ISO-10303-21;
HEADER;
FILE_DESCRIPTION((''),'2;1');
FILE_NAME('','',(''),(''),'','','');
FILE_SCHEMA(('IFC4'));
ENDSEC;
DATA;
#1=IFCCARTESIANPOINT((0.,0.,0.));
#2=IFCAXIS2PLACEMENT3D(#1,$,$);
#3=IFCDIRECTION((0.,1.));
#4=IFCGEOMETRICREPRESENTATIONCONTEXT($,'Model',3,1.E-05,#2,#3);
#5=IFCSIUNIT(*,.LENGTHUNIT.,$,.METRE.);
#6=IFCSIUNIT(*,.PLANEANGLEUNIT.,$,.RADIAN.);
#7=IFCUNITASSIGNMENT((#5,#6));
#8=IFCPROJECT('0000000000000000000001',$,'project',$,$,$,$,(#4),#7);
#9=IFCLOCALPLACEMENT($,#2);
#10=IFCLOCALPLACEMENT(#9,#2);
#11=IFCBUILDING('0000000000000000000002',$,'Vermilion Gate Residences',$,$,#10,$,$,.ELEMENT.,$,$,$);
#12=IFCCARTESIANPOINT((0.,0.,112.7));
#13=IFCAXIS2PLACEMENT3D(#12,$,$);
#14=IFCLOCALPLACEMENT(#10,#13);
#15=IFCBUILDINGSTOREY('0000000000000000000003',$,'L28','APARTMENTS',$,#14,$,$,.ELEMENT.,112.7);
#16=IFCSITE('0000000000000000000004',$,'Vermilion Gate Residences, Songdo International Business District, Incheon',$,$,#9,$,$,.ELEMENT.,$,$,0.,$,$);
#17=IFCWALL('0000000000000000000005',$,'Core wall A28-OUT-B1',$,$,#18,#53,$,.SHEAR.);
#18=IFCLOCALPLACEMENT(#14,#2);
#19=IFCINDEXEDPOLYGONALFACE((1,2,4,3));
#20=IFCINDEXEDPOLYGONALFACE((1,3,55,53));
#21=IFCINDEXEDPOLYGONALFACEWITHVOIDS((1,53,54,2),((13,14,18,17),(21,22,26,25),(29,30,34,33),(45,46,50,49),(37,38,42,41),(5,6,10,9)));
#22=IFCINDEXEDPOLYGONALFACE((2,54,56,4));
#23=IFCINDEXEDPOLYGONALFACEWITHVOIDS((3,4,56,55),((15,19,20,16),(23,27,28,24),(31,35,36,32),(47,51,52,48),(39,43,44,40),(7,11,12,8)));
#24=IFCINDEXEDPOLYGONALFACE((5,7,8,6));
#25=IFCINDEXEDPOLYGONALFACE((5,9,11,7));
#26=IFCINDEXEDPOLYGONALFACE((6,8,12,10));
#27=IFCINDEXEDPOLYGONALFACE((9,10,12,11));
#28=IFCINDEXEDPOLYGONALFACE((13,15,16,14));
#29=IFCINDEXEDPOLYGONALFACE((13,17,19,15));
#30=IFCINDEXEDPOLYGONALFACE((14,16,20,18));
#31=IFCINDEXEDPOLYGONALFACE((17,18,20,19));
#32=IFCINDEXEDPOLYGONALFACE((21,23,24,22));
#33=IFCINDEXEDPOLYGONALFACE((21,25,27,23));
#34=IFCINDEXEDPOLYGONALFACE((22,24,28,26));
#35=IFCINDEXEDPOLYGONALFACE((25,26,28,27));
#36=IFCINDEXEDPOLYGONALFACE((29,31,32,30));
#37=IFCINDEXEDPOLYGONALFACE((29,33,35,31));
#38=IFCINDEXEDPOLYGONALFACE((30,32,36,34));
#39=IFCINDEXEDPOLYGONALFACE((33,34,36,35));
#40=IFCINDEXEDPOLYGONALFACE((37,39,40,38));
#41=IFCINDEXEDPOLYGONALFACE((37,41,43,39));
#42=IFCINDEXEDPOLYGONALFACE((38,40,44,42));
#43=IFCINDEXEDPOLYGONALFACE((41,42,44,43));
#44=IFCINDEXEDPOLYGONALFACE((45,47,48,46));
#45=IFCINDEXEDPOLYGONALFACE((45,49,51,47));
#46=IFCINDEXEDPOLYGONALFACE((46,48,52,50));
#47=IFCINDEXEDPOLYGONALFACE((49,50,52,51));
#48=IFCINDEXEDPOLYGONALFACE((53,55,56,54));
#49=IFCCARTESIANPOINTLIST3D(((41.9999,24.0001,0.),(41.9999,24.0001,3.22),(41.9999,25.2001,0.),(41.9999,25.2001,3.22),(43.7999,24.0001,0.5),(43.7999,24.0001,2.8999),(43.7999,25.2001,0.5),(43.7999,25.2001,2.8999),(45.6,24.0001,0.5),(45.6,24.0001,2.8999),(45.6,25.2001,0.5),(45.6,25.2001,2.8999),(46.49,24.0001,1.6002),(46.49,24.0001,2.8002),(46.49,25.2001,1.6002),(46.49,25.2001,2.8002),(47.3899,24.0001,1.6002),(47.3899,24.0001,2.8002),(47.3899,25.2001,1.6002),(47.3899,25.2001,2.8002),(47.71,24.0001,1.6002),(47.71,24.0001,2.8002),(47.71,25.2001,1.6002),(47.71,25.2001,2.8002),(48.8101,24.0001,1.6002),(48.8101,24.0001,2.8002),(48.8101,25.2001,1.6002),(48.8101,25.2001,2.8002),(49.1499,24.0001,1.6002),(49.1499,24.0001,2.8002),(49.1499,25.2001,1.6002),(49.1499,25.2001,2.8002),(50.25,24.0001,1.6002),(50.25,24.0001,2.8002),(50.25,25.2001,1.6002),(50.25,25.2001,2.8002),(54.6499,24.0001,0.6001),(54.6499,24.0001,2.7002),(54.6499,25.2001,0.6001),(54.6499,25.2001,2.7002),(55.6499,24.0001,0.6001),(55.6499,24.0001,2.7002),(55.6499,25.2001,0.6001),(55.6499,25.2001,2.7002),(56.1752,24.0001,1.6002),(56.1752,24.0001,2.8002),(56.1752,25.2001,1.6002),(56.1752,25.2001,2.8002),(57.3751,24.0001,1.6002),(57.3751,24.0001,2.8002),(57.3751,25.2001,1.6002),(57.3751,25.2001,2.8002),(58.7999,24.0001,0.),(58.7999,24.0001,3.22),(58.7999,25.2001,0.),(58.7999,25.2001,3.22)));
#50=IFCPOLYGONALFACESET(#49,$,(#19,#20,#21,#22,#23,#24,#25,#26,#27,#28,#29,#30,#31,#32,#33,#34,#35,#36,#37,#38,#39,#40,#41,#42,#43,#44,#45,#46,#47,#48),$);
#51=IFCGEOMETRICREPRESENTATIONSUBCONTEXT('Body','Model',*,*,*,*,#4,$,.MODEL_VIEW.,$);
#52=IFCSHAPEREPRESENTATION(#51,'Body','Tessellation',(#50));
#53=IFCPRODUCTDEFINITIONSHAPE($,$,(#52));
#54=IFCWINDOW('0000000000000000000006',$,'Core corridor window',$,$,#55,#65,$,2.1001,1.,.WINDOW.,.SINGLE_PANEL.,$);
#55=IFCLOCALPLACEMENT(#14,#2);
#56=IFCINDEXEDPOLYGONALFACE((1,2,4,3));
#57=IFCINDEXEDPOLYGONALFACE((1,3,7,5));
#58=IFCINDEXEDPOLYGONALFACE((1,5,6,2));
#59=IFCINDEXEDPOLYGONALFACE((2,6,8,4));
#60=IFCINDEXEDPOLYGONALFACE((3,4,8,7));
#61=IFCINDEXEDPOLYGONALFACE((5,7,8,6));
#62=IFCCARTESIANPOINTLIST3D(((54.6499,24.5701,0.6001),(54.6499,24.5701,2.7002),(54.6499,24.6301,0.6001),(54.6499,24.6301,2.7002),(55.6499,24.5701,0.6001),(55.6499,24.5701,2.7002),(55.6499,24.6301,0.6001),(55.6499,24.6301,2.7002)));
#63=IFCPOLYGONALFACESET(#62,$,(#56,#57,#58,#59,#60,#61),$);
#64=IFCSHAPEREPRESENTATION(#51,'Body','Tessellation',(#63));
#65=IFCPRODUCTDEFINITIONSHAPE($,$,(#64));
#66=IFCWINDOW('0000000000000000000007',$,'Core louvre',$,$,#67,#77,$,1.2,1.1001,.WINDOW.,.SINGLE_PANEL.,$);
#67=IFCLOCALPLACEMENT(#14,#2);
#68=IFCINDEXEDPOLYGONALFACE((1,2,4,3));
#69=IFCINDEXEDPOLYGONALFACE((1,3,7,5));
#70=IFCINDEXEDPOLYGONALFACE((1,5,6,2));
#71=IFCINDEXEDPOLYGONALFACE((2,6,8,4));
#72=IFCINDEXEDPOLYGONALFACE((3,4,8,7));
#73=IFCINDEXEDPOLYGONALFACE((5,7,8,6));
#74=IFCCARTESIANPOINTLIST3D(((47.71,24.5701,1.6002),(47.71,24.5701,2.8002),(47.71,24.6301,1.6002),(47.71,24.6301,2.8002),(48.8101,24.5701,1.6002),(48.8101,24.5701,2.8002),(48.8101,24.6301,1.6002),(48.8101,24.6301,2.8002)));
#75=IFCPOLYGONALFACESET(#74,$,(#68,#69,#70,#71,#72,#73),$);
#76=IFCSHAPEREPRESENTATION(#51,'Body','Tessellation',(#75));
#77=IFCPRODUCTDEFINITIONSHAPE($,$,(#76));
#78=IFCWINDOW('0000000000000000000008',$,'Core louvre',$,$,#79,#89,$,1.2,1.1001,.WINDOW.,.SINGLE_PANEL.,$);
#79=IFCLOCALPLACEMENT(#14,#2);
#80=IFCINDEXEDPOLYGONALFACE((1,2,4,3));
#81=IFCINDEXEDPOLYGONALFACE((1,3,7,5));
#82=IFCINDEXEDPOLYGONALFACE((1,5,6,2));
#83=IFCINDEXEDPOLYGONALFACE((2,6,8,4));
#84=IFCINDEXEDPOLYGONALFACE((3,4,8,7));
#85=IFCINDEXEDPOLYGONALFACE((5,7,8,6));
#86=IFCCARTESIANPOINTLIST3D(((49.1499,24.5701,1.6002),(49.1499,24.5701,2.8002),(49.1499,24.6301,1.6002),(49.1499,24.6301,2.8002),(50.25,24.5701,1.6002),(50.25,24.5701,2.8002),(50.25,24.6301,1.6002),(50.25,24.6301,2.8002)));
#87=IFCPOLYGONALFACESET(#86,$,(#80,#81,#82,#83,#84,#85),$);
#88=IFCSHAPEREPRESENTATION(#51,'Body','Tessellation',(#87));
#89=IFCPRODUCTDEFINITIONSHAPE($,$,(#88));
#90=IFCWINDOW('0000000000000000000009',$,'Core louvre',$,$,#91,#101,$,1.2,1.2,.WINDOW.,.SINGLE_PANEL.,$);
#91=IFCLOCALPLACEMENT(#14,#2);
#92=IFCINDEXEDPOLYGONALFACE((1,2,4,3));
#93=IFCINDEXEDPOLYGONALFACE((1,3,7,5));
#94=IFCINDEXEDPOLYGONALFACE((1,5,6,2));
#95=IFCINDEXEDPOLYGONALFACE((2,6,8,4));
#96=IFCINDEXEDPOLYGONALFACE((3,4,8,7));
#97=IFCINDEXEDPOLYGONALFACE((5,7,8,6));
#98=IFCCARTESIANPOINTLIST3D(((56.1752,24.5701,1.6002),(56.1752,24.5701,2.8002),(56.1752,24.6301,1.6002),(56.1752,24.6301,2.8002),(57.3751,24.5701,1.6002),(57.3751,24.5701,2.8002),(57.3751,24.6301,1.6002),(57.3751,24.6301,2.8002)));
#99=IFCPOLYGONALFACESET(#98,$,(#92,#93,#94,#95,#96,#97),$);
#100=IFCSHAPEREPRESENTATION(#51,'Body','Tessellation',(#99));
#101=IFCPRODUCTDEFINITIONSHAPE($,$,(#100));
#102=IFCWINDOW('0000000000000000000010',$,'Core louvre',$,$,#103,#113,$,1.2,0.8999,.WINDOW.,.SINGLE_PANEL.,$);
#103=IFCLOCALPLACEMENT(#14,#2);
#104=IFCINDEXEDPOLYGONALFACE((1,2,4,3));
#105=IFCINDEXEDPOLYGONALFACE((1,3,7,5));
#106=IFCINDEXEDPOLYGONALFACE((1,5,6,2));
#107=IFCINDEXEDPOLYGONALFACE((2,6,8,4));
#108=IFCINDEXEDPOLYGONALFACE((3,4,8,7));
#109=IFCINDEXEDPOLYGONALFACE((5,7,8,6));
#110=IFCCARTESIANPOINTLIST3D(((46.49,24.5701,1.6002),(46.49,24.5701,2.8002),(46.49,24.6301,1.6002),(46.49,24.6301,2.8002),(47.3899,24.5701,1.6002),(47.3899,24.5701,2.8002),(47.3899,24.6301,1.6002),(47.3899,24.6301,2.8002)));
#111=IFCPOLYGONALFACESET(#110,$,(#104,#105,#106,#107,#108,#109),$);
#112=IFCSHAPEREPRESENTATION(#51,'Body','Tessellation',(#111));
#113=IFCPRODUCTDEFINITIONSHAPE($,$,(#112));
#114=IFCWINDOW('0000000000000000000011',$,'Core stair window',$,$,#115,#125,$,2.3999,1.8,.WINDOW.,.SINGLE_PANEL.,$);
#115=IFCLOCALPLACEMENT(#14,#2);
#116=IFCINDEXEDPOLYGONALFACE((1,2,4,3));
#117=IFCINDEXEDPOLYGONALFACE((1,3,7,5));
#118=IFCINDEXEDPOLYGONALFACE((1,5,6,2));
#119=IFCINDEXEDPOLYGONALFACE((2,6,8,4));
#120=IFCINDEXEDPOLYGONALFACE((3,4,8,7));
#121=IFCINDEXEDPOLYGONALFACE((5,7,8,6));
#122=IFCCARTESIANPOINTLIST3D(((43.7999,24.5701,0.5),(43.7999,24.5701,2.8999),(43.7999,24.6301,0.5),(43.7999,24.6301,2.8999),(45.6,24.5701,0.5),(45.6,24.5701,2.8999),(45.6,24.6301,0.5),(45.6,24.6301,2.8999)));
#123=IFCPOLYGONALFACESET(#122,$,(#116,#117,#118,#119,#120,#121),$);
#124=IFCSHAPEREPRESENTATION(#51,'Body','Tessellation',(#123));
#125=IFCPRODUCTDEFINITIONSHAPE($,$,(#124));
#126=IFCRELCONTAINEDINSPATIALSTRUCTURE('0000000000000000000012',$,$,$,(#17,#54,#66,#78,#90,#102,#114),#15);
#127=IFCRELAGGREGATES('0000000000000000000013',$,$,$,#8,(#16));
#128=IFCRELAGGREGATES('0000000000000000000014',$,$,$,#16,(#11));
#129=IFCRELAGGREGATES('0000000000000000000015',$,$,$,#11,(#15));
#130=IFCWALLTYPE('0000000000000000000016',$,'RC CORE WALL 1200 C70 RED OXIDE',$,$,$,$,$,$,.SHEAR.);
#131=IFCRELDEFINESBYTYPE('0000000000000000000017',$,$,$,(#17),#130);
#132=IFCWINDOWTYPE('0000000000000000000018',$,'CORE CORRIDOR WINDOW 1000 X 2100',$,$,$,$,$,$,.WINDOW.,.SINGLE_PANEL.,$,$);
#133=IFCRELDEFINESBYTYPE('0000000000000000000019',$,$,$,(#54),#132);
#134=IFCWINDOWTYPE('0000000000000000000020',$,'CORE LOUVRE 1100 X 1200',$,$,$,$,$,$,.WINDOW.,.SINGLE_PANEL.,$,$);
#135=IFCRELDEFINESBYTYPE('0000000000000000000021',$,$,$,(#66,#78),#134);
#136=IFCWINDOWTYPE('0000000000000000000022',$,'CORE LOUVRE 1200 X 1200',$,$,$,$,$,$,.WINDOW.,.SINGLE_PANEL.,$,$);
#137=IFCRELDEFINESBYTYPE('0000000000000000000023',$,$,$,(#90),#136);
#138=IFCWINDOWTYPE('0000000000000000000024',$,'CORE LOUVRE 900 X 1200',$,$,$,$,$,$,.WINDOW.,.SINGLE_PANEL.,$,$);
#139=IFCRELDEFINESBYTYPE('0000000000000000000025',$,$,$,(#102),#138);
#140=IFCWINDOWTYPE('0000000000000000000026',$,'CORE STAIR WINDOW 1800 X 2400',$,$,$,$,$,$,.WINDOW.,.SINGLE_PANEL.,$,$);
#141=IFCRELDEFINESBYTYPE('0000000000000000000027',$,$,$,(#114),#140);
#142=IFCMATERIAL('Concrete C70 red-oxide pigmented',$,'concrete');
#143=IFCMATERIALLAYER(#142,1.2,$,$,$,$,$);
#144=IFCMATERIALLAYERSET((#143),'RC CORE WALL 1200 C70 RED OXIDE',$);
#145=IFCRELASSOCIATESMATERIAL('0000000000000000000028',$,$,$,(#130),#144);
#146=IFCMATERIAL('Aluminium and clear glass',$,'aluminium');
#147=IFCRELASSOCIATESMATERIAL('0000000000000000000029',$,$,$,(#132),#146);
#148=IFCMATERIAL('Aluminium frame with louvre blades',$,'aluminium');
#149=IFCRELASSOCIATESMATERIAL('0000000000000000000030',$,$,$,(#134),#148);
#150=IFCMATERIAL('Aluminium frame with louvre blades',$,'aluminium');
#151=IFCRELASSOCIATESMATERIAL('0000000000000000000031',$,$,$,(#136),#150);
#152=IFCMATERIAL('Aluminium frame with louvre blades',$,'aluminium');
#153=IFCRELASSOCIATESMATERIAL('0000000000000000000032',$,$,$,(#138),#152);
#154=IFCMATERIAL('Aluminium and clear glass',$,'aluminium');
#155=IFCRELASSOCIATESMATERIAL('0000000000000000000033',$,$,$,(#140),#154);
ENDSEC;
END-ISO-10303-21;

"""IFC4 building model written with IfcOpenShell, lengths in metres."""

from ifc_helpers import new_model, si_unit, direction, frame, frame_2d, origin, place, context, subcontext, project, spatial, rectangle, extrude, material, layer, layer_set, type_object, element, fill, save


model = new_model("IFC4")

# Units and contexts
model_context = context("Model", 3, precision=1e-05, world=origin(), true_north=direction((0.0, 1.0)))
body_context = subcontext(model_context, "Body", "Model", "MODEL_VIEW")
ifc_project = project(units=[si_unit("LENGTHUNIT", "METRE"), si_unit("PLANEANGLEUNIT", "RADIAN")], contexts=[model_context])

# Site, building, storey
site_placement = place(None, origin())
site = spatial("IfcSite", under=ifc_project, at=site_placement, Name="Vermilion Gate Residences, Songdo International Business District, Incheon", CompositionType="ELEMENT", RefElevation=0.0)
building_placement = place(site_placement, origin())
building = spatial("IfcBuilding", under=site, at=building_placement, Name="Vermilion Gate Residences", CompositionType="ELEMENT")
storey_placement = place(building_placement, frame((0.0, 0.0, 112.7)))
storey = spatial("IfcBuildingStorey", under=building, at=storey_placement, Name="L28", Description="APARTMENTS", CompositionType="ELEMENT", Elevation=112.7)

# Wall, openings, windows
ifc_material_1 = material(Name="Concrete C70 red-oxide pigmented", Category="concrete")
ifc_layer_1 = layer(ifc_material_1, 1.2)
ifc_layer_set_1 = layer_set([ifc_layer_1], Name="RC CORE WALL 1200 C70 RED OXIDE")
wall_type_1 = type_object("IfcWallType", Name="RC CORE WALL 1200 C70 RED OXIDE", PredefinedType="SHEAR", material=ifc_layer_set_1)
wall_1_placement = place(storey_placement, frame((42.0, 24.6001, 0.0), z_axis=(0.0, 0.0, 1.0), x_axis=(1.0, 0.0, 0.0)))
wall_1 = element("IfcWall", 1, at=wall_1_placement, inside=storey, type_object=wall_type_1, Name="Core wall A28-OUT-B1", PredefinedType="SHEAR", context=body_context, shape_type="SweptSolid", body=[
    extrude(rectangle(XDim=16.8, YDim=1.2, at=frame_2d((8.3999, 0.0))), origin(), (0.0, 0.0, 1.0), 3.22),
])
opening_1_placement = place(wall_1_placement, frame((1.8, 0.0, 0.5)))
opening_1 = element("IfcOpeningElement", 2, at=opening_1_placement, cuts=wall_1, PredefinedType="OPENING", context=body_context, shape_type="SweptSolid", body=[
    extrude(rectangle(XDim=1.8, YDim=2.3999, at=frame_2d((0.8999, 1.2))), frame((0.0, 0.6099, 0.0), z_axis=(0.0, -1.0, 0.0), x_axis=(1.0, 0.0, 0.0)), (0.0, 0.0, 1.0), 1.22),
])
opening_2_placement = place(wall_1_placement, frame((4.49, 0.0, 1.6001)))
opening_2 = element("IfcOpeningElement", 3, at=opening_2_placement, cuts=wall_1, PredefinedType="OPENING", context=body_context, shape_type="SweptSolid", body=[
    extrude(rectangle(XDim=0.8999, YDim=1.2, at=frame_2d((0.45, 0.6001))), frame((0.0, 0.6099, 0.0), z_axis=(0.0, -1.0, 0.0), x_axis=(1.0, 0.0, 0.0)), (0.0, 0.0, 1.0), 1.22),
])
opening_3_placement = place(wall_1_placement, frame((5.71, 0.0, 1.6001)))
opening_3 = element("IfcOpeningElement", 4, at=opening_3_placement, cuts=wall_1, PredefinedType="OPENING", context=body_context, shape_type="SweptSolid", body=[
    extrude(rectangle(XDim=1.1001, YDim=1.2, at=frame_2d((0.55, 0.6001))), frame((0.0, 0.6099, 0.0), z_axis=(0.0, -1.0, 0.0), x_axis=(1.0, 0.0, 0.0)), (0.0, 0.0, 1.0), 1.22),
])
opening_4_placement = place(wall_1_placement, frame((7.1499, 0.0, 1.6001)))
opening_4 = element("IfcOpeningElement", 5, at=opening_4_placement, cuts=wall_1, PredefinedType="OPENING", context=body_context, shape_type="SweptSolid", body=[
    extrude(rectangle(XDim=1.1001, YDim=1.2, at=frame_2d((0.55, 0.6001))), frame((0.0, 0.6099, 0.0), z_axis=(0.0, -1.0, 0.0), x_axis=(1.0, 0.0, 0.0)), (0.0, 0.0, 1.0), 1.22),
])
opening_5_placement = place(wall_1_placement, frame((12.6499, 0.0, 0.6001)))
opening_5 = element("IfcOpeningElement", 6, at=opening_5_placement, cuts=wall_1, PredefinedType="OPENING", context=body_context, shape_type="SweptSolid", body=[
    extrude(rectangle(XDim=1.0, YDim=2.1001, at=frame_2d((0.5, 1.05))), frame((0.0, 0.6099, 0.0), z_axis=(0.0, -1.0, 0.0), x_axis=(1.0, 0.0, 0.0)), (0.0, 0.0, 1.0), 1.22),
])
opening_6_placement = place(wall_1_placement, frame((14.175, 0.0, 1.6001)))
opening_6 = element("IfcOpeningElement", 7, at=opening_6_placement, cuts=wall_1, PredefinedType="OPENING", context=body_context, shape_type="SweptSolid", body=[
    extrude(rectangle(XDim=1.2, YDim=1.2, at=frame_2d((0.6001, 0.6001))), frame((0.0, 0.6099, 0.0), z_axis=(0.0, -1.0, 0.0), x_axis=(1.0, 0.0, 0.0)), (0.0, 0.0, 1.0), 1.22),
])
ifc_material_2 = material(Name="Aluminium and clear glass", Category="aluminium")
window_type_1 = type_object("IfcWindowType", Name="CORE CORRIDOR WINDOW 1000 X 2100", PartitioningType="SINGLE_PANEL", PredefinedType="WINDOW", material=ifc_material_2)
window_1_placement = place(opening_5_placement, origin())
window_1 = element("IfcWindow", 8, at=window_1_placement, inside=storey, type_object=window_type_1, Name="Core corridor window", OverallHeight=2.1001, OverallWidth=1.0, PartitioningType="SINGLE_PANEL", PredefinedType="WINDOW", context=body_context, shape_type="SweptSolid", body=[
    extrude(rectangle(XDim=1.0, YDim=2.1001, at=frame_2d((0.5, 1.05))), frame((0.0, 0.03, 0.0), z_axis=(0.0, -1.0, 0.0), x_axis=(1.0, 0.0, 0.0)), (0.0, 0.0, 1.0), 0.0601),
])
fill(opening_5, window_1)
ifc_material_3 = material(Name="Aluminium frame with louvre blades", Category="aluminium")
window_type_2 = type_object("IfcWindowType", Name="CORE LOUVRE 1100 X 1200", PartitioningType="SINGLE_PANEL", PredefinedType="WINDOW", material=ifc_material_3)
window_2_placement = place(opening_3_placement, origin())
window_2 = element("IfcWindow", 9, at=window_2_placement, inside=storey, type_object=window_type_2, Name="Core louvre", OverallHeight=1.2, OverallWidth=1.1001, PartitioningType="SINGLE_PANEL", PredefinedType="WINDOW", context=body_context, shape_type="SweptSolid", body=[
    extrude(rectangle(XDim=1.1001, YDim=1.2, at=frame_2d((0.55, 0.6001))), frame((0.0, 0.03, 0.0), z_axis=(0.0, -1.0, 0.0), x_axis=(1.0, 0.0, 0.0)), (0.0, 0.0, 1.0), 0.0601),
])
fill(opening_3, window_2)
window_3_placement = place(opening_4_placement, origin())
window_3 = element("IfcWindow", 10, at=window_3_placement, inside=storey, type_object=window_type_2, Name="Core louvre", OverallHeight=1.2, OverallWidth=1.1001, PartitioningType="SINGLE_PANEL", PredefinedType="WINDOW", context=body_context, shape_type="SweptSolid", body=[
    extrude(rectangle(XDim=1.1001, YDim=1.2, at=frame_2d((0.55, 0.6001))), frame((0.0, 0.03, 0.0), z_axis=(0.0, -1.0, 0.0), x_axis=(1.0, 0.0, 0.0)), (0.0, 0.0, 1.0), 0.0601),
])
fill(opening_4, window_3)
ifc_material_4 = material(Name="Aluminium frame with louvre blades", Category="aluminium")
window_type_3 = type_object("IfcWindowType", Name="CORE LOUVRE 1200 X 1200", PartitioningType="SINGLE_PANEL", PredefinedType="WINDOW", material=ifc_material_4)
window_4_placement = place(opening_6_placement, origin())
window_4 = element("IfcWindow", 11, at=window_4_placement, inside=storey, type_object=window_type_3, Name="Core louvre", OverallHeight=1.2, OverallWidth=1.2, PartitioningType="SINGLE_PANEL", PredefinedType="WINDOW", context=body_context, shape_type="SweptSolid", body=[
    extrude(rectangle(XDim=1.2, YDim=1.2, at=frame_2d((0.6001, 0.6001))), frame((0.0, 0.03, 0.0), z_axis=(0.0, -1.0, 0.0), x_axis=(1.0, 0.0, 0.0)), (0.0, 0.0, 1.0), 0.0601),
])
fill(opening_6, window_4)
ifc_material_5 = material(Name="Aluminium frame with louvre blades", Category="aluminium")
window_type_4 = type_object("IfcWindowType", Name="CORE LOUVRE 900 X 1200", PartitioningType="SINGLE_PANEL", PredefinedType="WINDOW", material=ifc_material_5)
window_5_placement = place(opening_2_placement, origin())
window_5 = element("IfcWindow", 12, at=window_5_placement, inside=storey, type_object=window_type_4, Name="Core louvre", OverallHeight=1.2, OverallWidth=0.8999, PartitioningType="SINGLE_PANEL", PredefinedType="WINDOW", context=body_context, shape_type="SweptSolid", body=[
    extrude(rectangle(XDim=0.8999, YDim=1.2, at=frame_2d((0.45, 0.6001))), frame((0.0, 0.03, 0.0), z_axis=(0.0, -1.0, 0.0), x_axis=(1.0, 0.0, 0.0)), (0.0, 0.0, 1.0), 0.0601),
])
fill(opening_2, window_5)
ifc_material_6 = material(Name="Aluminium and clear glass", Category="aluminium")
window_type_5 = type_object("IfcWindowType", Name="CORE STAIR WINDOW 1800 X 2400", PartitioningType="SINGLE_PANEL", PredefinedType="WINDOW", material=ifc_material_6)
window_6_placement = place(opening_1_placement, origin())
window_6 = element("IfcWindow", 13, at=window_6_placement, inside=storey, type_object=window_type_5, Name="Core stair window", OverallHeight=2.3999, OverallWidth=1.8, PartitioningType="SINGLE_PANEL", PredefinedType="WINDOW", context=body_context, shape_type="SweptSolid", body=[
    extrude(rectangle(XDim=1.8, YDim=2.3999, at=frame_2d((0.8999, 1.2))), frame((0.0, 0.03, 0.0), z_axis=(0.0, -1.0, 0.0), x_axis=(1.0, 0.0, 0.0)), (0.0, 0.0, 1.0), 0.0601),
])
fill(opening_1, window_6)

save(model, "model.ifc")
